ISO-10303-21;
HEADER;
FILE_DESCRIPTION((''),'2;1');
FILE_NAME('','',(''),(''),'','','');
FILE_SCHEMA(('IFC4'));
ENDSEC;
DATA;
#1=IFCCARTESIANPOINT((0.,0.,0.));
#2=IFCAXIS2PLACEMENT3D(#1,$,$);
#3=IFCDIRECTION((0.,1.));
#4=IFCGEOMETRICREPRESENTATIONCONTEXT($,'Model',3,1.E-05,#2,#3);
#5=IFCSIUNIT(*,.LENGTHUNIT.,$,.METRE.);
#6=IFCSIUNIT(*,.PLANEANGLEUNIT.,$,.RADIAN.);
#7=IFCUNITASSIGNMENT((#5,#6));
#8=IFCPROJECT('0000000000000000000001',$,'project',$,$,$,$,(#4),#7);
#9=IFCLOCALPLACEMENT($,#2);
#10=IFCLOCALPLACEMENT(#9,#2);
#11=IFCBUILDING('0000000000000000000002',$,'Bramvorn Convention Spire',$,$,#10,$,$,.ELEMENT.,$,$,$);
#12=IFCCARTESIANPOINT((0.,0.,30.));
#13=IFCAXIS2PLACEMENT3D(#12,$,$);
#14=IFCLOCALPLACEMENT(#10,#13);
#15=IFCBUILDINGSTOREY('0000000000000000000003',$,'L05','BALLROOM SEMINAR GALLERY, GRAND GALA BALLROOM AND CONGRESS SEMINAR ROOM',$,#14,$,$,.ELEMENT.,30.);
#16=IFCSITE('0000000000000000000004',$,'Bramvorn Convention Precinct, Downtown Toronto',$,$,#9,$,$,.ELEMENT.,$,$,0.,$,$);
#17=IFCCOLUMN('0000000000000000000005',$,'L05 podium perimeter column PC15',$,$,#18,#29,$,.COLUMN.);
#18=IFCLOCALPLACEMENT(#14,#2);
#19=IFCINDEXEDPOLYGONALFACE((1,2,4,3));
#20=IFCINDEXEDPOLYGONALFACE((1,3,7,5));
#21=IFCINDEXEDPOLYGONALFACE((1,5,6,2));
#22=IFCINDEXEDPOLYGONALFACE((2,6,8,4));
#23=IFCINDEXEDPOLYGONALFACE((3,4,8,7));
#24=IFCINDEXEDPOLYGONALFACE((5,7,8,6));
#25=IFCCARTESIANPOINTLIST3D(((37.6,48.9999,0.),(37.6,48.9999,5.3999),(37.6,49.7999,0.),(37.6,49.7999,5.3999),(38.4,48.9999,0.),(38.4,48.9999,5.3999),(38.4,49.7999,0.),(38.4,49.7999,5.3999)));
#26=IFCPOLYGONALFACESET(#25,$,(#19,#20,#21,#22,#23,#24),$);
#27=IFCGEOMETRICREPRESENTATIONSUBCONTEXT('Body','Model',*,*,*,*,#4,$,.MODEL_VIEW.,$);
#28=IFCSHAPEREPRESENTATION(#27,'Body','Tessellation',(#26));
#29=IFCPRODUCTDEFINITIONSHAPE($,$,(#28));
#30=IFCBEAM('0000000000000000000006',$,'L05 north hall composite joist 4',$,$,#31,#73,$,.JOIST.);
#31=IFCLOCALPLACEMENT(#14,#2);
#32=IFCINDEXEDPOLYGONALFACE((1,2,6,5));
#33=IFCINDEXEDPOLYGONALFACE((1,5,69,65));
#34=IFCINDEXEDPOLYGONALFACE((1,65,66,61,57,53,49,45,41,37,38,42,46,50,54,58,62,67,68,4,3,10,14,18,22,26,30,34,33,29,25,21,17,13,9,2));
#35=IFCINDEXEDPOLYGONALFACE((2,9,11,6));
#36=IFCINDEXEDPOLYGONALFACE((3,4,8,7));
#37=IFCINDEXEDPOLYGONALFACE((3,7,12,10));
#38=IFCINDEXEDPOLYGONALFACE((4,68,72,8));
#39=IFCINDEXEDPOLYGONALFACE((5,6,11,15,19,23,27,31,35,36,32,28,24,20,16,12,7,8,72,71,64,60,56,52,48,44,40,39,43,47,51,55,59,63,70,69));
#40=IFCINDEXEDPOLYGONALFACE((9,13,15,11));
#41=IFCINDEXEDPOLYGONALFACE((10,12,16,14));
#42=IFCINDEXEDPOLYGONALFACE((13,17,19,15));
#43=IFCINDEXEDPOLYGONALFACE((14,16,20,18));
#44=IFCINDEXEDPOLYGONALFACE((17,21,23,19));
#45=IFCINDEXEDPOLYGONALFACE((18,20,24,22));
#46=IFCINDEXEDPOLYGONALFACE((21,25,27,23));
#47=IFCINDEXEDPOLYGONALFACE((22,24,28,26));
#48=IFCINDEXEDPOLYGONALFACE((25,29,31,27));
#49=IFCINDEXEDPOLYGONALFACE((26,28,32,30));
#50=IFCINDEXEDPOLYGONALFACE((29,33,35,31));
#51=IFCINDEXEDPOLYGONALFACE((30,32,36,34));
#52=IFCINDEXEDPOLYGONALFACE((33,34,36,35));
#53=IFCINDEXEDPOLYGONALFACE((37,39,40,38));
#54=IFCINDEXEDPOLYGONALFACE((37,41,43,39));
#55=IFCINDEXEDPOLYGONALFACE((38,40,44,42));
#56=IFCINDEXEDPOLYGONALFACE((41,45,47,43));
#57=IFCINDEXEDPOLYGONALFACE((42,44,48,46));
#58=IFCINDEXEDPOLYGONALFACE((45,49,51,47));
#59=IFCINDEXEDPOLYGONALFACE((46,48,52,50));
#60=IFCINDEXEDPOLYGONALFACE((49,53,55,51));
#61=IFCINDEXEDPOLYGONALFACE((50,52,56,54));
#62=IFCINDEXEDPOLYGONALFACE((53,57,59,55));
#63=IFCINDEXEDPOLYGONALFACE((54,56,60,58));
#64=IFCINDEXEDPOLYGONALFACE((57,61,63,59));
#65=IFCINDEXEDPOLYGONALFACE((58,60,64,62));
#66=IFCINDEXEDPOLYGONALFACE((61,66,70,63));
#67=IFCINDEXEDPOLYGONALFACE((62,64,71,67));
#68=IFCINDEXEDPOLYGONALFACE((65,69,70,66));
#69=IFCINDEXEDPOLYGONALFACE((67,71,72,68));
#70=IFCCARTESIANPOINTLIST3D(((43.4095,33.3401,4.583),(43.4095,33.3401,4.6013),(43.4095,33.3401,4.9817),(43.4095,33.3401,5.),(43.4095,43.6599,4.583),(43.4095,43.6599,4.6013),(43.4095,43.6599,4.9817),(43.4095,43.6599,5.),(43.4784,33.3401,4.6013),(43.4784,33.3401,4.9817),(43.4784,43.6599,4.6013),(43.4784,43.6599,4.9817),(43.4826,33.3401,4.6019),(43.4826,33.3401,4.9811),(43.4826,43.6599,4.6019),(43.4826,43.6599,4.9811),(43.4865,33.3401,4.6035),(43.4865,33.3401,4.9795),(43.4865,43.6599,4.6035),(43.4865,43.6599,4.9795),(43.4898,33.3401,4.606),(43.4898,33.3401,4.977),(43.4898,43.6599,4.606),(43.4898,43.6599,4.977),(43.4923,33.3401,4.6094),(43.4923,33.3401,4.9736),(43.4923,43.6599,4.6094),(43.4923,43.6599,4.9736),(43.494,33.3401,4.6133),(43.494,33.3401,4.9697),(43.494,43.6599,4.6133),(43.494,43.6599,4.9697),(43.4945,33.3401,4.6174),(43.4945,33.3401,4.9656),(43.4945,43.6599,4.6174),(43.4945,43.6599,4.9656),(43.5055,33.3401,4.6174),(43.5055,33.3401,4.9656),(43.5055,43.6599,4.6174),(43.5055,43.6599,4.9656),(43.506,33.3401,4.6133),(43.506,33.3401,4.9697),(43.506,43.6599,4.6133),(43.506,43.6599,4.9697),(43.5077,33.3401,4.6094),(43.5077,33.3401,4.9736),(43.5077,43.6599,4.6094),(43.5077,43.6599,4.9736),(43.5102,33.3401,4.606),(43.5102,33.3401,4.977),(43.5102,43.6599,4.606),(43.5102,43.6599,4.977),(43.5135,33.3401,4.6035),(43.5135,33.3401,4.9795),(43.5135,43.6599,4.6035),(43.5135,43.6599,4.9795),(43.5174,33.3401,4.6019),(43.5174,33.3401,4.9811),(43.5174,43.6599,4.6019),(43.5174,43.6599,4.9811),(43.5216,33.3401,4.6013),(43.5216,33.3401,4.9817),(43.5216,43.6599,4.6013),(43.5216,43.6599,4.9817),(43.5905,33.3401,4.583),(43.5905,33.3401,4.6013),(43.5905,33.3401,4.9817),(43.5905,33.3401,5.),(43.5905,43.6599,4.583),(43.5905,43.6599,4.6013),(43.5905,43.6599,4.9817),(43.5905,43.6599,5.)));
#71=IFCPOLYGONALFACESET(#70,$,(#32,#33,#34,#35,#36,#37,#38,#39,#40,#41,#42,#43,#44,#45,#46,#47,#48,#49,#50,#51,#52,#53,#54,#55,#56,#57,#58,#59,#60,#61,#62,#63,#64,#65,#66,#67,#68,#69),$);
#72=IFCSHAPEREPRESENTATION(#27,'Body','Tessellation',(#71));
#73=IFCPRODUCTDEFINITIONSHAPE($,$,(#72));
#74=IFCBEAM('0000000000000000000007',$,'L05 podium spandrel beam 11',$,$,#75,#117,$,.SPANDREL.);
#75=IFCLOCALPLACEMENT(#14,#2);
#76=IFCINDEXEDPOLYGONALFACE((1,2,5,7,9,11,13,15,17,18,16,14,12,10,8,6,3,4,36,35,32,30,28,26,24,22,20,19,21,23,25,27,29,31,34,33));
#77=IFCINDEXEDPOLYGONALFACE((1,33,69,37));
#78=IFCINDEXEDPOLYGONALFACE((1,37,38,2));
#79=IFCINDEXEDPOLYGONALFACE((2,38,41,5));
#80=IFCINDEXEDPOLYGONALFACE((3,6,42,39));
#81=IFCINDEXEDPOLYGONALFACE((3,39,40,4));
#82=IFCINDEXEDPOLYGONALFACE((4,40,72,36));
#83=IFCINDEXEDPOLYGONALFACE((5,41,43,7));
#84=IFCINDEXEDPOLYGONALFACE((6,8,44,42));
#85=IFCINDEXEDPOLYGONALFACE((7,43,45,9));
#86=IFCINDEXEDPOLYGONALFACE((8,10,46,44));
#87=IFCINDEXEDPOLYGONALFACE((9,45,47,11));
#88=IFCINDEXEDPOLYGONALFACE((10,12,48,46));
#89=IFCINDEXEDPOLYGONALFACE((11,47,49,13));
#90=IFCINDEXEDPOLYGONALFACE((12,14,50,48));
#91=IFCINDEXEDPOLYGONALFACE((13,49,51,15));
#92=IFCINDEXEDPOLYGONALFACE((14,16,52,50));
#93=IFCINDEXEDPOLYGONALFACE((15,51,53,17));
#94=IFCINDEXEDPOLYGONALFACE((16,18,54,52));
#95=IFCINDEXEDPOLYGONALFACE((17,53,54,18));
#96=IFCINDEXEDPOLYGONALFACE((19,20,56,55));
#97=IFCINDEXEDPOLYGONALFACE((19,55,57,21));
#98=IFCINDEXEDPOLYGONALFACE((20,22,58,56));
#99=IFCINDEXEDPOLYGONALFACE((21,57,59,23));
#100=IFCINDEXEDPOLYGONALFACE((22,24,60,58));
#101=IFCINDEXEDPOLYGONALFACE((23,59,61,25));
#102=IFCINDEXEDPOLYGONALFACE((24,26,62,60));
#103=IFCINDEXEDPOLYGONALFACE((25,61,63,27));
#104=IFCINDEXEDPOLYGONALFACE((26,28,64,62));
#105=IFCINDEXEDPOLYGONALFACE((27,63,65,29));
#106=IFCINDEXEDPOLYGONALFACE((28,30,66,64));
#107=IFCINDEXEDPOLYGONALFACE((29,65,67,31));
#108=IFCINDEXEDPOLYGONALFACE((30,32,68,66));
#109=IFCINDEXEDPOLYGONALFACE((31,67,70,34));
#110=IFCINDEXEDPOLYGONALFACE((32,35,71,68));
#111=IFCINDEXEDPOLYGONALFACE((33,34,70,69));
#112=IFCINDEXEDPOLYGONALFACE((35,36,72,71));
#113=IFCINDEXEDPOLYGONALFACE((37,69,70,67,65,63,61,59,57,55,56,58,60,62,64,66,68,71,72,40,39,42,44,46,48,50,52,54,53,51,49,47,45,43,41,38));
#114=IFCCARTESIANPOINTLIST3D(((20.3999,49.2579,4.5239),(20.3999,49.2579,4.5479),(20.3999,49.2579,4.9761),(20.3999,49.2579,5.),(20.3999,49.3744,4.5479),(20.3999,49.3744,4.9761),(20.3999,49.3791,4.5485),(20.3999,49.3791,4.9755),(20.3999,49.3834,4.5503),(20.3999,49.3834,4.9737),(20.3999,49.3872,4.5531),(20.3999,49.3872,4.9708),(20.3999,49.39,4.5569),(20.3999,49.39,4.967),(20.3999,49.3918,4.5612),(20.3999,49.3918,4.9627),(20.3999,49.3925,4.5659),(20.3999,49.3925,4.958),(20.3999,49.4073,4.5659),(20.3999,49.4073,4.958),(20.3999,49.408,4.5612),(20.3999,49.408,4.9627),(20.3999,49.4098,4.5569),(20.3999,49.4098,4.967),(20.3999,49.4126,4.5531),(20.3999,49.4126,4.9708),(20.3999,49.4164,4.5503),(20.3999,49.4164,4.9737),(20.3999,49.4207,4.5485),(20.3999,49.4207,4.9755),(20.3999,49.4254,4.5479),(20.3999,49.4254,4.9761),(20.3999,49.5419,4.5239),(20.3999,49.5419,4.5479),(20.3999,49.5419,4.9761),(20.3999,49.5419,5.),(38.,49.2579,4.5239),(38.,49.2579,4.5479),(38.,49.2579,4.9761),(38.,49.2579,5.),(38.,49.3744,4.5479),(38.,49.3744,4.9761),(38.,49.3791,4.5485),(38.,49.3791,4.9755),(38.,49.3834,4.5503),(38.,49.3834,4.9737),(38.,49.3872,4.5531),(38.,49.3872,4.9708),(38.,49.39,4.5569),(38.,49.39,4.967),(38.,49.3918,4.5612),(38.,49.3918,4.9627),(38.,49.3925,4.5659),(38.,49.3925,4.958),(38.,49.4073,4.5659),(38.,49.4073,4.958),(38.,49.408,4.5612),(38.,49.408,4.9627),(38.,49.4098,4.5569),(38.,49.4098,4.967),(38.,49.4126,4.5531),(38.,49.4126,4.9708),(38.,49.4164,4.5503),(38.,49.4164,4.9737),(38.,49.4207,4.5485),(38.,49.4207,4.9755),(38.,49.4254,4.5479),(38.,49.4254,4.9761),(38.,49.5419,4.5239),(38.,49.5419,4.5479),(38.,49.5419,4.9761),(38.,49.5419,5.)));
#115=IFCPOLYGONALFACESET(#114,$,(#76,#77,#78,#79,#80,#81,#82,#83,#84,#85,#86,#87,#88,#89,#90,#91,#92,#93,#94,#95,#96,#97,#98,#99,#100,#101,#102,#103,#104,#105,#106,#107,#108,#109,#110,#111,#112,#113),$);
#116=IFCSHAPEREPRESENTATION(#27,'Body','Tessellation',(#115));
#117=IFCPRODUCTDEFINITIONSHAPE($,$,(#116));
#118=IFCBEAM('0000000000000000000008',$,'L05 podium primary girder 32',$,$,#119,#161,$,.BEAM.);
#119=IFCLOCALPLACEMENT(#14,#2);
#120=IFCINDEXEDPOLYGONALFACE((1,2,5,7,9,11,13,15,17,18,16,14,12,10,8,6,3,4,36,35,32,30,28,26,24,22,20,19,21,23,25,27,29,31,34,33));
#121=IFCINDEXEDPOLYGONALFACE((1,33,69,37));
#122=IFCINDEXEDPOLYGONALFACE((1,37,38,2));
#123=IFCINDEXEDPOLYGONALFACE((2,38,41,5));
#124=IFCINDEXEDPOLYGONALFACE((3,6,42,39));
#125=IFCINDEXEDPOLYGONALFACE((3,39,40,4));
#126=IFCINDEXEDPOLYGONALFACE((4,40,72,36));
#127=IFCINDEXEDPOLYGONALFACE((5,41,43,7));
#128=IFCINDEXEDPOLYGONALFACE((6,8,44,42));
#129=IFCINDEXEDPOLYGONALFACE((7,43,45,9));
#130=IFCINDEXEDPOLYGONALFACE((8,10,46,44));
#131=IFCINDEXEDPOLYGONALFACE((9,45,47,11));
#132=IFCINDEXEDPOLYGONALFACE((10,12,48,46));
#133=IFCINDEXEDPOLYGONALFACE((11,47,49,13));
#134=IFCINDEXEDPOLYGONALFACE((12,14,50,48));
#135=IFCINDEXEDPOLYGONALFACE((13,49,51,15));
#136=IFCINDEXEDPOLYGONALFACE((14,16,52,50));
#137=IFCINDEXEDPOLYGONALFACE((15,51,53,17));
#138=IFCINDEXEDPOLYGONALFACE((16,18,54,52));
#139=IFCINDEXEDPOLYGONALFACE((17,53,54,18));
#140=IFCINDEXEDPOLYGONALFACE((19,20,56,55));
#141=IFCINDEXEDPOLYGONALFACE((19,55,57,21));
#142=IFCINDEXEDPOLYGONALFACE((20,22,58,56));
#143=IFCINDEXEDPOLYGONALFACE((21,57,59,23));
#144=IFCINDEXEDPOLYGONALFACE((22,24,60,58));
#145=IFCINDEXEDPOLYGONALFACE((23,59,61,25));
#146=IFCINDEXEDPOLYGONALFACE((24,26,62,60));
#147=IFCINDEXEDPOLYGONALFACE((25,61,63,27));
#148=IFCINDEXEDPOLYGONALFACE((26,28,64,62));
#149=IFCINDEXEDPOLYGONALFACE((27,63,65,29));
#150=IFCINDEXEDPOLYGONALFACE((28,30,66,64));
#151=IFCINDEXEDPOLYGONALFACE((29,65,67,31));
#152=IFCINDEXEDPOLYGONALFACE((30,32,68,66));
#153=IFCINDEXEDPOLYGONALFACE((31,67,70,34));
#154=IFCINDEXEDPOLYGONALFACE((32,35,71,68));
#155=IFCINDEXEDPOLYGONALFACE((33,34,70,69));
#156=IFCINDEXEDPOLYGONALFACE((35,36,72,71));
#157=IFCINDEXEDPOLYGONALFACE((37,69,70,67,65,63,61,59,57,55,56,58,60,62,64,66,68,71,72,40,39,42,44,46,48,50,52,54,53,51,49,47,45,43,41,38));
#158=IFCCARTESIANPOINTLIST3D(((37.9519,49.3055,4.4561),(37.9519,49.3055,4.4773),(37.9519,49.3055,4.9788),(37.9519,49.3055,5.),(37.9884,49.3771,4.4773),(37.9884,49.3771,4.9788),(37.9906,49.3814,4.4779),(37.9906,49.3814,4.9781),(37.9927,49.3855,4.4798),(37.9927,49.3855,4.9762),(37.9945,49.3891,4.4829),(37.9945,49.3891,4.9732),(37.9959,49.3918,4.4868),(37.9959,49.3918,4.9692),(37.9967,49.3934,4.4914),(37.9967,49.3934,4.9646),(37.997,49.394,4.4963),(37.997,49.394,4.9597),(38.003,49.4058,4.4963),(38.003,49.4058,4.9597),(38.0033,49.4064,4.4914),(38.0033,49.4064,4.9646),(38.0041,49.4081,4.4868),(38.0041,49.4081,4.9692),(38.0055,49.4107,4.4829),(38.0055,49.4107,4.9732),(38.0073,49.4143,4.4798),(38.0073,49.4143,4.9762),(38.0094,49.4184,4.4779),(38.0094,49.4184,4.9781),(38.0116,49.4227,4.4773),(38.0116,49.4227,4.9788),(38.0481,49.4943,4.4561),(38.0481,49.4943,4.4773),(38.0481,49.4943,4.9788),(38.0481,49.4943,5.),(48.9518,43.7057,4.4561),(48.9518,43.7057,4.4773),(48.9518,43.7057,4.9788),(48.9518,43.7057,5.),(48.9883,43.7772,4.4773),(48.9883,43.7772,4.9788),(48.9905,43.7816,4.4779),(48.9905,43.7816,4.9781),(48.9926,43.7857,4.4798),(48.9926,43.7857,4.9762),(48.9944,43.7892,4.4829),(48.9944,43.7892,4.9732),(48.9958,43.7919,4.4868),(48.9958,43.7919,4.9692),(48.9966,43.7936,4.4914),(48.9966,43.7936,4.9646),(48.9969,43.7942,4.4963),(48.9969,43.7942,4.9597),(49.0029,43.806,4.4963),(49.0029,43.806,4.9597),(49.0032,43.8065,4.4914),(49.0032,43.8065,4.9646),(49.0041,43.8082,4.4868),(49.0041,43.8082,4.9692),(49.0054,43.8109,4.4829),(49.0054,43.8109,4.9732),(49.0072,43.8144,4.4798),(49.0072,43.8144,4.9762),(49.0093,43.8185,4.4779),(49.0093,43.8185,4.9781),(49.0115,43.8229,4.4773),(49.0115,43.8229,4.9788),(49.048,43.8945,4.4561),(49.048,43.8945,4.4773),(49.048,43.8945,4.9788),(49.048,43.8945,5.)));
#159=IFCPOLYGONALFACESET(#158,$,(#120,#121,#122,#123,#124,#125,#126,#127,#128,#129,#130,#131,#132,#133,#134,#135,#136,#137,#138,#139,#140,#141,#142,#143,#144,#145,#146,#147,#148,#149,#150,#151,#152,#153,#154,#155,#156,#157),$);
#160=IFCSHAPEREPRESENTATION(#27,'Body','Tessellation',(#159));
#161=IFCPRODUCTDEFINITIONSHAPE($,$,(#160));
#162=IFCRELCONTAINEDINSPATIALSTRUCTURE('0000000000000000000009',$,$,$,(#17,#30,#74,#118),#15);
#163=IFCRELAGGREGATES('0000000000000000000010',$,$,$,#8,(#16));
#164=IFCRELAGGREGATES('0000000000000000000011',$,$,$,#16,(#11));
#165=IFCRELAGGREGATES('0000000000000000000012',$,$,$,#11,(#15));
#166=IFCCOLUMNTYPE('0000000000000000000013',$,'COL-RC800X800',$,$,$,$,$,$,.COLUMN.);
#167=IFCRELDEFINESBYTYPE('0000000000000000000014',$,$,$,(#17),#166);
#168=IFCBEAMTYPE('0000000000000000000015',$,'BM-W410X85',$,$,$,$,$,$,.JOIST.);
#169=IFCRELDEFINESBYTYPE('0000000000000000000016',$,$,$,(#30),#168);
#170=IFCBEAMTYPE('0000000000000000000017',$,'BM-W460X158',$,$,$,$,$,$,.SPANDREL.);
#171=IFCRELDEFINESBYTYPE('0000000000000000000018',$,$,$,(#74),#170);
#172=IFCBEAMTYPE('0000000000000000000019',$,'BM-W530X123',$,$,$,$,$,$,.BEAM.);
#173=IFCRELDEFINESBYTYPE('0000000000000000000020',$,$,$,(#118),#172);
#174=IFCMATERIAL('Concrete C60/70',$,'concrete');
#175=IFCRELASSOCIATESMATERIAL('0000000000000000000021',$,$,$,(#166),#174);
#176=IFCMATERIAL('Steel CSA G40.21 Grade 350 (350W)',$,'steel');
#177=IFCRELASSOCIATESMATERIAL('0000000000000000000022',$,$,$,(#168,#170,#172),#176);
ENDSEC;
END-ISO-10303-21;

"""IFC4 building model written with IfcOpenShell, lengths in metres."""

from ifc_helpers import new_model, si_unit, direction, frame, origin, origin_2d, place, context, subcontext, project, spatial, rectangle, i_section, extrude, material, material_profile, profile_set, type_object, element, save


model = new_model("IFC4")

# Units and contexts
model_context = context("Model", 3, precision=1e-05, world=origin(), true_north=direction((0.0, 1.0)))
body_context = subcontext(model_context, "Body", "Model", "MODEL_VIEW")
ifc_project = project(units=[si_unit("LENGTHUNIT", "METRE"), si_unit("PLANEANGLEUNIT", "RADIAN")], contexts=[model_context])

# Site, building, storey
site_placement = place(None, origin())
site = spatial("IfcSite", under=ifc_project, at=site_placement, Name="Bramvorn Convention Precinct, Downtown Toronto", CompositionType="ELEMENT", RefElevation=0.0)
building_placement = place(site_placement, origin())
building = spatial("IfcBuilding", under=site, at=building_placement, Name="Bramvorn Convention Spire", CompositionType="ELEMENT")
storey_placement = place(building_placement, frame((0.0, 0.0, 30.0)))
storey = spatial("IfcBuildingStorey", under=building, at=storey_placement, Name="L05", Description="BALLROOM SEMINAR GALLERY, GRAND GALA BALLROOM AND CONGRESS SEMINAR ROOM", CompositionType="ELEMENT", Elevation=30.0)

# Column
ifc_material_1 = material(Name="Steel CSA G40.21 Grade 350 (350W)", Category="steel")
ifc_material_2 = material(Name="Concrete C60/70", Category="concrete")
ifc_material_profile_1 = material_profile(ifc_material_2, rectangle(XDim=0.8, YDim=0.8, at=origin_2d()))
ifc_profile_set_1 = profile_set([ifc_material_profile_1], Name="Concrete C60/70 - RC800X800")
column_type_1 = type_object("IfcColumnType", Name="COL-RC800X800", PredefinedType="COLUMN", material=ifc_profile_set_1)
column_placement = place(storey_placement, frame((38.0, 49.3999, 0.0), z_axis=(0.0, 0.0, 1.0), x_axis=(1.0, 0.0, 0.0)))
element("IfcColumn", 1, at=column_placement, inside=storey, type_object=column_type_1, Name="L05 podium perimeter column PC15", PredefinedType="COLUMN", context=body_context, shape_type="SweptSolid", body=[
    extrude(rectangle(XDim=0.8, YDim=0.8, at=origin_2d()), origin(), (0.0, 0.0, 1.0), 5.3999),
])

# Beams
ifc_material_profile_2 = material_profile(ifc_material_1, i_section(OverallWidth=0.1809, OverallDepth=0.417, WebThickness=0.011, FlangeThickness=0.0183, FilletRadius=0.0161, at=origin_2d()))
ifc_profile_set_2 = profile_set([ifc_material_profile_2], Name="Steel CSA G40.21 Grade 350 (350W) - W410X85")
beam_type_1 = type_object("IfcBeamType", Name="BM-W410X85", PredefinedType="JOIST", material=ifc_profile_set_2)
beam_1_placement = place(storey_placement, frame((43.5, 33.3401, 4.7915), z_axis=(0.0, 1.0, 0.0), x_axis=(-1.0, 0.0, 0.0)))
element("IfcBeam", 2, at=beam_1_placement, inside=storey, type_object=beam_type_1, Name="L05 north hall composite joist 4", PredefinedType="JOIST", context=body_context, shape_type="SweptSolid", body=[
    extrude(i_section(OverallWidth=0.1809, OverallDepth=0.417, WebThickness=0.011, FlangeThickness=0.0183, FilletRadius=0.0161, at=origin_2d()), origin(), (0.0, 0.0, 1.0), 10.3198),
])
ifc_material_profile_3 = material_profile(ifc_material_1, i_section(OverallWidth=0.2839, OverallDepth=0.4761, WebThickness=0.0149, FlangeThickness=0.0239, FilletRadius=0.0181, at=origin_2d()))
ifc_profile_set_3 = profile_set([ifc_material_profile_3], Name="Steel CSA G40.21 Grade 350 (350W) - W460X158")
beam_type_2 = type_object("IfcBeamType", Name="BM-W460X158", PredefinedType="SPANDREL", material=ifc_profile_set_3)
beam_2_placement = place(storey_placement, frame((38.0, 49.3999, 4.762), z_axis=(-1.0, 0.0, 0.0), x_axis=(0.0, -1.0, 0.0)))
element("IfcBeam", 3, at=beam_2_placement, inside=storey, type_object=beam_type_2, Name="L05 podium spandrel beam 11", PredefinedType="SPANDREL", context=body_context, shape_type="SweptSolid", body=[
    extrude(i_section(OverallWidth=0.2839, OverallDepth=0.4761, WebThickness=0.0149, FlangeThickness=0.0239, FilletRadius=0.0181, at=origin_2d()), origin(), (0.0, 0.0, 1.0), 17.6001),
])
ifc_material_profile_4 = material_profile(ifc_material_1, i_section(OverallWidth=0.2119, OverallDepth=0.5439, WebThickness=0.0132, FlangeThickness=0.0212, FilletRadius=0.019, at=origin_2d()))
ifc_profile_set_4 = profile_set([ifc_material_profile_4], Name="Steel CSA G40.21 Grade 350 (350W) - W530X123")
beam_type_3 = type_object("IfcBeamType", Name="BM-W530X123", PredefinedType="BEAM", material=ifc_profile_set_4)
beam_3_placement = place(storey_placement, frame((38.0, 49.3999, 4.728), z_axis=(0.891168, -0.453674, 0.0), x_axis=(0.453674, 0.891168, 0.0)))
element("IfcBeam", 4, at=beam_3_placement, inside=storey, type_object=beam_type_3, Name="L05 podium primary girder 32", PredefinedType="BEAM", context=body_context, shape_type="SweptSolid", body=[
    extrude(i_section(OverallWidth=0.2119, OverallDepth=0.5439, WebThickness=0.0132, FlangeThickness=0.0212, FilletRadius=0.019, at=origin_2d()), origin(), (0.0, 0.0, 1.0), 12.3433),
])

save(model, "model.ifc")
